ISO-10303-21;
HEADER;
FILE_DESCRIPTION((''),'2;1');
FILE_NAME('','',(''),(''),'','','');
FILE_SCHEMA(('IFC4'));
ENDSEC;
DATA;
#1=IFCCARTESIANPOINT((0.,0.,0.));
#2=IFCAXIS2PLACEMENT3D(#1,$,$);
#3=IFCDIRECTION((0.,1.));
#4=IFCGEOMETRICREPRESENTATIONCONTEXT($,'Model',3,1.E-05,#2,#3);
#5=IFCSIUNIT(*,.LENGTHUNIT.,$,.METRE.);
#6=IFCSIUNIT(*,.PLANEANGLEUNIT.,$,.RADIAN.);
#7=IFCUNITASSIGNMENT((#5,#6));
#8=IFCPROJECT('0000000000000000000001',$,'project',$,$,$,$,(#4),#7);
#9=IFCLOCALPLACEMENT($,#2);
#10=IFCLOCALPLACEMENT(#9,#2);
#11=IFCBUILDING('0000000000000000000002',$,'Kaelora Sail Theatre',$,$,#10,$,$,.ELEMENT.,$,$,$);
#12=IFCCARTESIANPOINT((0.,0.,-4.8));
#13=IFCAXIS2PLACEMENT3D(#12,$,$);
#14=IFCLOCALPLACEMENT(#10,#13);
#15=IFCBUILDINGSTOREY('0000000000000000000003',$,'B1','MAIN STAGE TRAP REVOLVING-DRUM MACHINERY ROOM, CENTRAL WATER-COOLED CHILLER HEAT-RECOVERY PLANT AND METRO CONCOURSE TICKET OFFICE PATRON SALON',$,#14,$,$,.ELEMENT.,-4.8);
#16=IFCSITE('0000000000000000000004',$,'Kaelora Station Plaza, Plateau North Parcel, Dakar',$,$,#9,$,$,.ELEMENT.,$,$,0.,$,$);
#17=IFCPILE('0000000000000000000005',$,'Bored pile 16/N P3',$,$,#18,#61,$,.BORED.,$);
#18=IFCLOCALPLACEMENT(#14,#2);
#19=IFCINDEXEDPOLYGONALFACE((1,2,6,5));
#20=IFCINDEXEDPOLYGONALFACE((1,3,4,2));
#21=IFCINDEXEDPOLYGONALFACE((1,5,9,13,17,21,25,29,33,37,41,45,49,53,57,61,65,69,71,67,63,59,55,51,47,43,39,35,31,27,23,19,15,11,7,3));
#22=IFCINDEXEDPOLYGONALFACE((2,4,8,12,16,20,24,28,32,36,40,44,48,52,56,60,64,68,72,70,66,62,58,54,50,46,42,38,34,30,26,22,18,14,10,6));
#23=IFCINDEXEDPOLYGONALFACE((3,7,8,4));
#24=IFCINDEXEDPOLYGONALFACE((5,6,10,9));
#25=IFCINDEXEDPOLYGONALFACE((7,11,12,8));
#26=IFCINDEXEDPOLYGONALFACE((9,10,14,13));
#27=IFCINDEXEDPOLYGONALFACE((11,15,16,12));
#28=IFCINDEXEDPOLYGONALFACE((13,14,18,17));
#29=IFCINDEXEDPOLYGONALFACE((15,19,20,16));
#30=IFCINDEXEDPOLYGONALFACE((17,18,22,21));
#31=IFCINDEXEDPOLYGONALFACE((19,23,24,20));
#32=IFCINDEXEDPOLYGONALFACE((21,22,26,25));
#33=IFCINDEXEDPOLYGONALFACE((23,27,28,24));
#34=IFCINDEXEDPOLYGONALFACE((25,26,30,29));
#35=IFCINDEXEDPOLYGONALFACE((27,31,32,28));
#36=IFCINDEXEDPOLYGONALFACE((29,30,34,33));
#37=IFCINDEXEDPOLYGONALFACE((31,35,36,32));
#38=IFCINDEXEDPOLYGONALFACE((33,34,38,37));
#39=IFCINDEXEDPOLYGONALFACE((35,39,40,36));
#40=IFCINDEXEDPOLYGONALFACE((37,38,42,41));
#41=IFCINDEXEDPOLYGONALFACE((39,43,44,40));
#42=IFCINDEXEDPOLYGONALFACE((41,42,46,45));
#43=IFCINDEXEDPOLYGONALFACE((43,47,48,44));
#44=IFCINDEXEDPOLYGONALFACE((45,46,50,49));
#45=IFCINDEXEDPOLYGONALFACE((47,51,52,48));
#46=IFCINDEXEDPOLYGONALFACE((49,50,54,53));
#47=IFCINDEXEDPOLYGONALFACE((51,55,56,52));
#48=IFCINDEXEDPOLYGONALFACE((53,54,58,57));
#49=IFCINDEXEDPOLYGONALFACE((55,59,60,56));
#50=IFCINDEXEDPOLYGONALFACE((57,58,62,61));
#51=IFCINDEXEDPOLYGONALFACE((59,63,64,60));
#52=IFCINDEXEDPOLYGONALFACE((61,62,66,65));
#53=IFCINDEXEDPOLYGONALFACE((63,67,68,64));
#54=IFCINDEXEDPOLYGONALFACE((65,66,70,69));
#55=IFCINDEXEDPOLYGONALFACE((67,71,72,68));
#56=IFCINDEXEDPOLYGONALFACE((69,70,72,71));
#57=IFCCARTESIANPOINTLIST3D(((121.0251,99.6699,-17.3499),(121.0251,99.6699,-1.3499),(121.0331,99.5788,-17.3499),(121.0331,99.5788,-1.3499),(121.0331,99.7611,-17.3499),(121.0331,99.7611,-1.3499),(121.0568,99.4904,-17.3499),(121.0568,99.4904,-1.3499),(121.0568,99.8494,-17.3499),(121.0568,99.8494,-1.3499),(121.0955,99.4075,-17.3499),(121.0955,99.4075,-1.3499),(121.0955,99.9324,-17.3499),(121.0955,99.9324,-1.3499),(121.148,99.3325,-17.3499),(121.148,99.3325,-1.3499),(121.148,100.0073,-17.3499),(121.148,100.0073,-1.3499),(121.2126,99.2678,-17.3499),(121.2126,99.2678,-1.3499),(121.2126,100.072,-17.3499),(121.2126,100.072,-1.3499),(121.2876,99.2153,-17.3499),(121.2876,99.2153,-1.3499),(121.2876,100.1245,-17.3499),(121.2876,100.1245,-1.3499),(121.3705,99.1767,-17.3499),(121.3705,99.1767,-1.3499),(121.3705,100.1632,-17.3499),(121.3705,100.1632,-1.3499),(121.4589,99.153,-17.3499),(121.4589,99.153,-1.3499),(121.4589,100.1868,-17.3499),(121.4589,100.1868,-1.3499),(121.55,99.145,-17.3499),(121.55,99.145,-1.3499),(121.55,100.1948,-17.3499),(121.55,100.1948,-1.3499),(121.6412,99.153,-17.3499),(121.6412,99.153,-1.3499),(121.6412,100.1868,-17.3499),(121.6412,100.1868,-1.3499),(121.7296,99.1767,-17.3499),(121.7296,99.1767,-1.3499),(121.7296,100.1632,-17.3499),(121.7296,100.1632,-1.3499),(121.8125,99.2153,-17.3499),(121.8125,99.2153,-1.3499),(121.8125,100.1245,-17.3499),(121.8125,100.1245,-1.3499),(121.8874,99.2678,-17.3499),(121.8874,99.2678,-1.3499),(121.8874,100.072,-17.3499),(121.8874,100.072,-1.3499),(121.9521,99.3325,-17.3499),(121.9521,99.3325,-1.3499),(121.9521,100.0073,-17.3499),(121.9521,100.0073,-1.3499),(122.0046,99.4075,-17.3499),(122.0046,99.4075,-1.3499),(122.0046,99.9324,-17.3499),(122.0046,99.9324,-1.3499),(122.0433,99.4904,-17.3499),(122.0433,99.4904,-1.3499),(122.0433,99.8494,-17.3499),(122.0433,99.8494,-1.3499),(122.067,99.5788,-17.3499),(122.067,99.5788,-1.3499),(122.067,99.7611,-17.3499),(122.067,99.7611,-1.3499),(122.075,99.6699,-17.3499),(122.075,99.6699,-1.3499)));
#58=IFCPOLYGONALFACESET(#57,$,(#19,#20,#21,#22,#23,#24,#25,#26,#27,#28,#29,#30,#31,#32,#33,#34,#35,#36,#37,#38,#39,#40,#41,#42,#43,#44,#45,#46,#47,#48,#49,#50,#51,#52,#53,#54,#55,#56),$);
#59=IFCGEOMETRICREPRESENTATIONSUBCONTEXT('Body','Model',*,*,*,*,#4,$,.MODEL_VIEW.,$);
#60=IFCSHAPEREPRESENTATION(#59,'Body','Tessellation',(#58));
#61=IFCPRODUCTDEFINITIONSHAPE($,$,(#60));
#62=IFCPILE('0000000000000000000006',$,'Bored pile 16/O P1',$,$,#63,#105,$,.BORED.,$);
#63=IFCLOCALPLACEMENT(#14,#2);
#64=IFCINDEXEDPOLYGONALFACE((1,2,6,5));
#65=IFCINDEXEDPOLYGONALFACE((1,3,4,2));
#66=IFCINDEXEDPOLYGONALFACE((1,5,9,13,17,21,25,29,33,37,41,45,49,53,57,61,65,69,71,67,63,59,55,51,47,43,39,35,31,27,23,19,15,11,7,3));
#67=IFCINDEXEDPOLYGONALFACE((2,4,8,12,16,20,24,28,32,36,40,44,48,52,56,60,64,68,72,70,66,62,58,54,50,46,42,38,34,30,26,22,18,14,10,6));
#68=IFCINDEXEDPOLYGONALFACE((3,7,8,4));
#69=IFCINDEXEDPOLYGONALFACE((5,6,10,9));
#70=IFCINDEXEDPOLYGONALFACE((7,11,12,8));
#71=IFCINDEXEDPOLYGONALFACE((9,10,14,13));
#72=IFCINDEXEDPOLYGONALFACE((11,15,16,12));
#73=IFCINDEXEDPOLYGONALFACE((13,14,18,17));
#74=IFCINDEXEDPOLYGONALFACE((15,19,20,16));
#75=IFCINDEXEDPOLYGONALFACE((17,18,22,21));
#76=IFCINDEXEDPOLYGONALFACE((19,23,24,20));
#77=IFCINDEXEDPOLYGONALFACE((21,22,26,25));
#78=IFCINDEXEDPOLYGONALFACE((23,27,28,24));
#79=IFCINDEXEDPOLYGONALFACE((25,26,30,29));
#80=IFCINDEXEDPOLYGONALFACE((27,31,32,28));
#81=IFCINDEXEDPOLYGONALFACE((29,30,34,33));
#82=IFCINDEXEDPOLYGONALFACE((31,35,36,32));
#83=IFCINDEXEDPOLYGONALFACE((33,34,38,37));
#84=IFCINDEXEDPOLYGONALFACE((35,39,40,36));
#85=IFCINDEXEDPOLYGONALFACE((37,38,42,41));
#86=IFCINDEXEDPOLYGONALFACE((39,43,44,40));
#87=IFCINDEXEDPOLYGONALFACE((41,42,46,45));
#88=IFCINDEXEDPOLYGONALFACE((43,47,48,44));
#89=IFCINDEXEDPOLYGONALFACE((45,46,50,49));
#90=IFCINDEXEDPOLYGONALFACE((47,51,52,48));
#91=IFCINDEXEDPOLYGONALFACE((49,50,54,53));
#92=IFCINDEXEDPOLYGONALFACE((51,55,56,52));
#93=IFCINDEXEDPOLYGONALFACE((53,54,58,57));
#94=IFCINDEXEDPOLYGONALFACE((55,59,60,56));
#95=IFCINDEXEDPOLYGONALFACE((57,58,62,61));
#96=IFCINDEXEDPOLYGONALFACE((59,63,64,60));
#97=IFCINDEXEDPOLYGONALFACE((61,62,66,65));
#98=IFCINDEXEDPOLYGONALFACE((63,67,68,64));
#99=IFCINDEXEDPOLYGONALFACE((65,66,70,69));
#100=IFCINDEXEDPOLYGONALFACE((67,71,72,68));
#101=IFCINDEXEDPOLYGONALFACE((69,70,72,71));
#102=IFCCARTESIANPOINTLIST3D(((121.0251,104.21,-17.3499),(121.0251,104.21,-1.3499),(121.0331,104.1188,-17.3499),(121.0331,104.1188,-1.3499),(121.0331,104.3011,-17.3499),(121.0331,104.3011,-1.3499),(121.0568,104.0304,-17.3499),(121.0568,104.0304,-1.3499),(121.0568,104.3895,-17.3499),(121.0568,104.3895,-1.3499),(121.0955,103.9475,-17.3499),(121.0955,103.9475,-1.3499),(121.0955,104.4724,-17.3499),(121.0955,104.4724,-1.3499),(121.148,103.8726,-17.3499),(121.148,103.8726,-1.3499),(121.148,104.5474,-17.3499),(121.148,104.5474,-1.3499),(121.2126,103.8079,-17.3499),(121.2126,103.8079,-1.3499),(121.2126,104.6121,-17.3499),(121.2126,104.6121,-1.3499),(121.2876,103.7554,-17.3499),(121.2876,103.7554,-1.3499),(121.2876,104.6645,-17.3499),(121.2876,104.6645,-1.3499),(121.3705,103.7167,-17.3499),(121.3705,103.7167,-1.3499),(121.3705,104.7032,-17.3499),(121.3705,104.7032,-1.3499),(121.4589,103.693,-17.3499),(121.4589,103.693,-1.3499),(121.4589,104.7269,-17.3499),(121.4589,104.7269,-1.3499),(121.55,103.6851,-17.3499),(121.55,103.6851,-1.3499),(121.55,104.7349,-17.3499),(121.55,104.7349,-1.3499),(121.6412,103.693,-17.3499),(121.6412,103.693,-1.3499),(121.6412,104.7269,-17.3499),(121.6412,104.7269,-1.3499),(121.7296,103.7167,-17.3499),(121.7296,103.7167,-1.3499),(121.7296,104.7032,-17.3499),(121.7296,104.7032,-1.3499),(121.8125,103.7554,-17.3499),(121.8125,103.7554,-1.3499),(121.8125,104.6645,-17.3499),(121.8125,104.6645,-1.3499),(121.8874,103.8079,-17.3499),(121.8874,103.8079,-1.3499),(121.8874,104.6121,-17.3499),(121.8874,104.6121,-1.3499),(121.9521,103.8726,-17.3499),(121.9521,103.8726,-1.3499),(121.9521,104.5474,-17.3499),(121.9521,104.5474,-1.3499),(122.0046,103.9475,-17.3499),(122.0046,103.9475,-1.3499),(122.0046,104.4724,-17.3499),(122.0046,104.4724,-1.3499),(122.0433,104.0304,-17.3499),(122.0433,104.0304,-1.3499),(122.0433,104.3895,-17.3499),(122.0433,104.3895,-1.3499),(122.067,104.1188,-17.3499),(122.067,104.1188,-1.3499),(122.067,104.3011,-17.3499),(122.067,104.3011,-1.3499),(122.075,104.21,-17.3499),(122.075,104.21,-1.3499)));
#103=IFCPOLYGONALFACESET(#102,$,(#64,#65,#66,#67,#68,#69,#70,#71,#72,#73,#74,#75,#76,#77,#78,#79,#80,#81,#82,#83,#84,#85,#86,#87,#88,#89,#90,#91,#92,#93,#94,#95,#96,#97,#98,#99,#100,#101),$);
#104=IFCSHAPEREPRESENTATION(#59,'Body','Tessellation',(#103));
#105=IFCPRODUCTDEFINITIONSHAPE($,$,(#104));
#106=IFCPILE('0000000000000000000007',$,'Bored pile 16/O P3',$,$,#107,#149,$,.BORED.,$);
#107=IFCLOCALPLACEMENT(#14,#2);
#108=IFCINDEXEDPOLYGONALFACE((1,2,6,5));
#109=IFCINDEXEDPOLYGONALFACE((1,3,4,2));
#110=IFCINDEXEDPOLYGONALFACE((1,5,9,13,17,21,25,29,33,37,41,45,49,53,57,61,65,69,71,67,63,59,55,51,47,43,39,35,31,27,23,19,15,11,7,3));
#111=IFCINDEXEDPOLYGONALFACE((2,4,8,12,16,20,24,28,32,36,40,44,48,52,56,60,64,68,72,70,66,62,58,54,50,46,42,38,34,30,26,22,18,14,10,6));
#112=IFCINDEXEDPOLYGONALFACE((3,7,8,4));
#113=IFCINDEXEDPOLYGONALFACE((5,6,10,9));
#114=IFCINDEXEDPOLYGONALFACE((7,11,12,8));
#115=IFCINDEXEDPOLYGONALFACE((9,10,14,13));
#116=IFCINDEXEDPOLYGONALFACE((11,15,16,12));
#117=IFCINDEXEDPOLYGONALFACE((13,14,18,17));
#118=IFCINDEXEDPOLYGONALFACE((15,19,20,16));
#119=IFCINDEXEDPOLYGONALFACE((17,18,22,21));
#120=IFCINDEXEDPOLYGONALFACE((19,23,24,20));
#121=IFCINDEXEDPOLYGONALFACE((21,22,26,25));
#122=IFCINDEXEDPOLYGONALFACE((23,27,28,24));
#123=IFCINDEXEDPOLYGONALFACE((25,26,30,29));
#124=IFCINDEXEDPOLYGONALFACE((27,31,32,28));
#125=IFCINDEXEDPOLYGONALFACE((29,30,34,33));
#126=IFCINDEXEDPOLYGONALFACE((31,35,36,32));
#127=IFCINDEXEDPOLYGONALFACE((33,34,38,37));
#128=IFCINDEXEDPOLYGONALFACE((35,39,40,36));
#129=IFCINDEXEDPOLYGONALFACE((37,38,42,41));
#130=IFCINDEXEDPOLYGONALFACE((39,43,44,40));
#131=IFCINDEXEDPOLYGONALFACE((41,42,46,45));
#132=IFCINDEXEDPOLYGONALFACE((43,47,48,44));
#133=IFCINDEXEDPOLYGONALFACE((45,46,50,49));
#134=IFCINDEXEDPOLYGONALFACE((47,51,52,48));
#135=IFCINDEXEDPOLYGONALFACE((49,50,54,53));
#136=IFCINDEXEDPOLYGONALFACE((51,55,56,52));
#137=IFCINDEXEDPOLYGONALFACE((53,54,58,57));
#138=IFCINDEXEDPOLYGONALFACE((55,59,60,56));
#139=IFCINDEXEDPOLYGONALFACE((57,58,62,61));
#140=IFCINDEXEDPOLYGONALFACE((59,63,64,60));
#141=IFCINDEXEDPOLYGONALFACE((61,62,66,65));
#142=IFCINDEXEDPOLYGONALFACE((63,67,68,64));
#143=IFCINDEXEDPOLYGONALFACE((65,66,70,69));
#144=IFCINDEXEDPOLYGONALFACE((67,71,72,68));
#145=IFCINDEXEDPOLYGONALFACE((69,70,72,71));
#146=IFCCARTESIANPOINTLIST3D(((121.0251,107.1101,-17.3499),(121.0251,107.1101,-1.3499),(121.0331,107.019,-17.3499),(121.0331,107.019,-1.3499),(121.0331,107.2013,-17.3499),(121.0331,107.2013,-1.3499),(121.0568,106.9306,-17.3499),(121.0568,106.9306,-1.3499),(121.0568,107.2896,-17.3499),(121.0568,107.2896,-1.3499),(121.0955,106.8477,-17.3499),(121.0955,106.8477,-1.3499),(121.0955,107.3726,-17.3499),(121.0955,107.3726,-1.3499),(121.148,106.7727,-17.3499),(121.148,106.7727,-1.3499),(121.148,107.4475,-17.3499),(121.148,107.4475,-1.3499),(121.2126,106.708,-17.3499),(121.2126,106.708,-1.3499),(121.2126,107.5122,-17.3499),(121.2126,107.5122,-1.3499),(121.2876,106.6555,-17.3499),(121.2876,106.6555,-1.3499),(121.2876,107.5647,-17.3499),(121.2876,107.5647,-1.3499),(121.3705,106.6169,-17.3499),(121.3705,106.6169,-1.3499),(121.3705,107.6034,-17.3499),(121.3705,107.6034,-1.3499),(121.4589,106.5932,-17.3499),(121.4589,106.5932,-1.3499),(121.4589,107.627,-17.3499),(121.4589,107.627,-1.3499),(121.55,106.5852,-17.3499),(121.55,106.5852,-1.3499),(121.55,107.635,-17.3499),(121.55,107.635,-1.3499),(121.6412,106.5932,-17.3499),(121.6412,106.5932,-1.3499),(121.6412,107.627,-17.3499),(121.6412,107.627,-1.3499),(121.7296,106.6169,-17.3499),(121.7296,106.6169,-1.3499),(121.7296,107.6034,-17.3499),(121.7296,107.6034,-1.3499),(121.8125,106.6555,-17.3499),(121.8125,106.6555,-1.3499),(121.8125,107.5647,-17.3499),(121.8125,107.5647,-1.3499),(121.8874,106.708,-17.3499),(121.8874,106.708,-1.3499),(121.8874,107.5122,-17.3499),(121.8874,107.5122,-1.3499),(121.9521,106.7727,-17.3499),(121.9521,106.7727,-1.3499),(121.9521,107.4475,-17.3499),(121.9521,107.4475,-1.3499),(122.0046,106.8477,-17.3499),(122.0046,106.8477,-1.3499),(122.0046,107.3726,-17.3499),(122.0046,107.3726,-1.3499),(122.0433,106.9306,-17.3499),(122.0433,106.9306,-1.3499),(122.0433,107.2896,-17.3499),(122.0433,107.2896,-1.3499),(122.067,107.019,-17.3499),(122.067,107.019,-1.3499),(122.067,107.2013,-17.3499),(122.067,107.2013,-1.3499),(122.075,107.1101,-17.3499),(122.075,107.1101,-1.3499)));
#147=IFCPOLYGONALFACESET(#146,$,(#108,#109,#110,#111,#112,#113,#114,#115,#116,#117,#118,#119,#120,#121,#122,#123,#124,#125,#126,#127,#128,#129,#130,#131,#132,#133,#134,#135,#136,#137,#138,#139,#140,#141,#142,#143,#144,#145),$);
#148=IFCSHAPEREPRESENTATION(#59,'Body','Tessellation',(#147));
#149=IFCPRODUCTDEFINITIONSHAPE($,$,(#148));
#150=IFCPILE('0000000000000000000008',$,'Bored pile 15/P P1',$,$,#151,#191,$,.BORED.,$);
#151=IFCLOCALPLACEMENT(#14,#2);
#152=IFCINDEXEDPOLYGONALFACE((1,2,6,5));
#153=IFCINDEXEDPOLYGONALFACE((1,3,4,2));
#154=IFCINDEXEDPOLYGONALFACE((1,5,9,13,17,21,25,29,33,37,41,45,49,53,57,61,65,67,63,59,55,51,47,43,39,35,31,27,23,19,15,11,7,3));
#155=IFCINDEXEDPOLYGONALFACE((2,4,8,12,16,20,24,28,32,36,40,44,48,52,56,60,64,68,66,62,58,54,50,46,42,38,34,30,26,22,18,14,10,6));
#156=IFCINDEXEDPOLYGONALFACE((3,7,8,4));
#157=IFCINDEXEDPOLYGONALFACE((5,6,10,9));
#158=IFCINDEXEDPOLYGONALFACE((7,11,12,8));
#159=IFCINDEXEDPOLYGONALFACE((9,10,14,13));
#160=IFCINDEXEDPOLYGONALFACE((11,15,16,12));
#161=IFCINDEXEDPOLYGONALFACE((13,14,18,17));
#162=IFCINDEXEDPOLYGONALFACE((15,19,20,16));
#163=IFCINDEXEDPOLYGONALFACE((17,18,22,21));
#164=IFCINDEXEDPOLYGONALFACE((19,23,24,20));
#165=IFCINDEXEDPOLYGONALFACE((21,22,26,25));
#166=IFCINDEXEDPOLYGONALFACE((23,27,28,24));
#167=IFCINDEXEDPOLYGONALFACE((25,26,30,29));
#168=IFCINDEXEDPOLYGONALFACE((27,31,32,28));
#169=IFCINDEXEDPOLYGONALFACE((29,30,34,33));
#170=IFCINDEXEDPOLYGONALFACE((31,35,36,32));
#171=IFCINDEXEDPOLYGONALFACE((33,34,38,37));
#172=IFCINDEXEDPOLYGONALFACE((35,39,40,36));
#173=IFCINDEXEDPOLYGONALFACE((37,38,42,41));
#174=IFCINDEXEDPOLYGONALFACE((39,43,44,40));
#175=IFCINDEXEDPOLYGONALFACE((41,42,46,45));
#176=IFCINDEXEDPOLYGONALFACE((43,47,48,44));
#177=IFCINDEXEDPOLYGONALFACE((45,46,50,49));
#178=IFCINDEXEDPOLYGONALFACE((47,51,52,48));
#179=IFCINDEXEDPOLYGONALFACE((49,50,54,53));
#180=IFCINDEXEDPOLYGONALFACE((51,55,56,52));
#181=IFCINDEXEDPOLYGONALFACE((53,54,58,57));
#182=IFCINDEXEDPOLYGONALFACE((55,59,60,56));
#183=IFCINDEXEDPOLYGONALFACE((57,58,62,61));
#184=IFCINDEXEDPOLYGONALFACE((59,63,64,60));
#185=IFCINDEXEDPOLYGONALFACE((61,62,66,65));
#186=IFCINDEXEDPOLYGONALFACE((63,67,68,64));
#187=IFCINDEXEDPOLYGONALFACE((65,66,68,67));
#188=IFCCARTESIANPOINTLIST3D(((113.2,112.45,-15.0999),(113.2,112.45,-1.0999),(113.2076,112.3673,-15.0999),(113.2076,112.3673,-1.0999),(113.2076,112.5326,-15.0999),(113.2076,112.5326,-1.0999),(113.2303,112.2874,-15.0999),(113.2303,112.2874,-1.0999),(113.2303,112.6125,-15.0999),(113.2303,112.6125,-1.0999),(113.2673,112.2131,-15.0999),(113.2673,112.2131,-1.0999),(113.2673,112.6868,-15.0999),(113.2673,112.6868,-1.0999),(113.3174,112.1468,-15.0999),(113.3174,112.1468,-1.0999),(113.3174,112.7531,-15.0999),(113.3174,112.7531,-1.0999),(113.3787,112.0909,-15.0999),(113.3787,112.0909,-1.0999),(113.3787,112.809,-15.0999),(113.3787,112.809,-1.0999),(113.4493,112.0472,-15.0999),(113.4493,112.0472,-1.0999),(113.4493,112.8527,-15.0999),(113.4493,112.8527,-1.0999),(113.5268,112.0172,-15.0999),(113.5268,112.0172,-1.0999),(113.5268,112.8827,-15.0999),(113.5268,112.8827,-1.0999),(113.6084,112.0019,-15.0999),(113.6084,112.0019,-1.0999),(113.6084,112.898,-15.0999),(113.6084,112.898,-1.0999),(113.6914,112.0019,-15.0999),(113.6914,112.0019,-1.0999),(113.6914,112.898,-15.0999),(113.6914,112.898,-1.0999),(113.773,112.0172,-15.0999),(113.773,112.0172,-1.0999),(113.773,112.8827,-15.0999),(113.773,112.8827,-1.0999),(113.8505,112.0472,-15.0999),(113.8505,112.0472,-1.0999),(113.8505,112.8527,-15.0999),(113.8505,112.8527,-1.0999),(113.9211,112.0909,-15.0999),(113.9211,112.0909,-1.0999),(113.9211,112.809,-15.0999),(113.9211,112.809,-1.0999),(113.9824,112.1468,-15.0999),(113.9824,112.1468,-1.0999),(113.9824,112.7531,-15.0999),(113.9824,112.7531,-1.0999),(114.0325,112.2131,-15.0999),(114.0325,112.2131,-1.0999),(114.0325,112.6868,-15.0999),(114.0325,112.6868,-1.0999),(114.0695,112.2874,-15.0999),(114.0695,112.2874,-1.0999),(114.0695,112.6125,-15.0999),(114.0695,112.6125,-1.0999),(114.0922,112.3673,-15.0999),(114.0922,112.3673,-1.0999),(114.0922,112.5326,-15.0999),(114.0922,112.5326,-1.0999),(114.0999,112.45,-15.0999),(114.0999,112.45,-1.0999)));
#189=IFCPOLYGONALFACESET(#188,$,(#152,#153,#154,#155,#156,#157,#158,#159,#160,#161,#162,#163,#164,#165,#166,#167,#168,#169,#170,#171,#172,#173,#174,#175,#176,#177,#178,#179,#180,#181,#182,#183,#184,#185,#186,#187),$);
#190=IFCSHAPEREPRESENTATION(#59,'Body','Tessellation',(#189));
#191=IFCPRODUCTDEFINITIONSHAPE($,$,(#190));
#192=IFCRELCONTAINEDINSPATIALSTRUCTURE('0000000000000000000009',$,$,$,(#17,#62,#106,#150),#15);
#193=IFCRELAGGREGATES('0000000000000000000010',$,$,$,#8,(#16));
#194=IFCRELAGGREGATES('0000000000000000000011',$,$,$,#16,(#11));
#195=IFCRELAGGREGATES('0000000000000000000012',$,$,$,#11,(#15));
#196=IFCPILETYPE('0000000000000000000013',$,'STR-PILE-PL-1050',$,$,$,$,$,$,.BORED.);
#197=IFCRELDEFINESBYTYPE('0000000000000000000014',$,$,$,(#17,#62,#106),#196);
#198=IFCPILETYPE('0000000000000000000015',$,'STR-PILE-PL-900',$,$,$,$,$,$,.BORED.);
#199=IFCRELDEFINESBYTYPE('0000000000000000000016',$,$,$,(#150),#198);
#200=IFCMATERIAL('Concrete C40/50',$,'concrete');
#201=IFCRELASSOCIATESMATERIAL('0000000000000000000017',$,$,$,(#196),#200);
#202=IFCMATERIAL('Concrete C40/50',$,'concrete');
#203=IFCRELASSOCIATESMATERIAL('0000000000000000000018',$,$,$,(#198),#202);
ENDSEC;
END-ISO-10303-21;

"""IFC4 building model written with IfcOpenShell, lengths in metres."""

from ifc_helpers import new_model, si_unit, direction, frame, origin, origin_2d, place, context, subcontext, project, spatial, circle, extrude, material, material_profile, profile_set, type_object, element, save


model = new_model("IFC4")

# Units and contexts
model_context = context("Model", 3, precision=1e-05, world=origin(), true_north=direction((0.0, 1.0)))
body_context = subcontext(model_context, "Body", "Model", "MODEL_VIEW")
ifc_project = project(units=[si_unit("LENGTHUNIT", "METRE"), si_unit("PLANEANGLEUNIT", "RADIAN")], contexts=[model_context])

# Site, building, storey
site_placement = place(None, origin())
site = spatial("IfcSite", under=ifc_project, at=site_placement, Name="Kaelora Station Plaza, Plateau North Parcel, Dakar", CompositionType="ELEMENT", RefElevation=0.0)
building_placement = place(site_placement, origin())
building = spatial("IfcBuilding", under=site, at=building_placement, Name="Kaelora Sail Theatre", CompositionType="ELEMENT")
storey_placement = place(building_placement, frame((0.0, 0.0, -4.8)))
storey = spatial("IfcBuildingStorey", under=building, at=storey_placement, Name="B1", Description="MAIN STAGE TRAP REVOLVING-DRUM MACHINERY ROOM, CENTRAL WATER-COOLED CHILLER HEAT-RECOVERY PLANT AND METRO CONCOURSE TICKET OFFICE PATRON SALON", CompositionType="ELEMENT", Elevation=-4.8)

# Piles
ifc_material_1 = material(Name="Concrete C40/50", Category="concrete")
ifc_material_profile_1 = material_profile(ifc_material_1, circle(Radius=0.5249, at=origin_2d()), Name="PILE D1050")
ifc_profile_set_1 = profile_set([ifc_material_profile_1], Name="Concrete C40/50")
pile_type_1 = type_object("IfcPileType", Name="STR-PILE-PL-1050", PredefinedType="BORED", material=ifc_profile_set_1)
for number, where, z_axis, x_axis, name in (
    (1, (121.55, 99.6699, -1.3499), (0.0, 0.0, -1.0), (1.0, 0.0, 0.0), "Bored pile 16/N P3"),
    (2, (121.55, 104.21, -1.3499), (0.0, 0.0, -1.0), (1.0, 0.0, 0.0), "Bored pile 16/O P1"),
    (3, (121.55, 107.1101, -1.3499), (0.0, 0.0, -1.0), (1.0, 0.0, 0.0), "Bored pile 16/O P3"),
):
    element("IfcPile", number, at=place(storey_placement, frame(where, z_axis=z_axis, x_axis=x_axis)), inside=storey, type_object=pile_type_1, Name=name, PredefinedType="BORED", context=body_context, shape_type="SweptSolid", body=[
        extrude(circle(Radius=0.5249, at=origin_2d()), origin(), (0.0, 0.0, 1.0), 16.0),
    ])
ifc_material_2 = material(Name="Concrete C40/50", Category="concrete")
ifc_material_profile_2 = material_profile(ifc_material_2, circle(Radius=0.45, at=origin_2d()), Name="PILE D900")
ifc_profile_set_2 = profile_set([ifc_material_profile_2], Name="Concrete C40/50")
pile_type_2 = type_object("IfcPileType", Name="STR-PILE-PL-900", PredefinedType="BORED", material=ifc_profile_set_2)
for number, where, z_axis, x_axis, name in (
    (4, (113.6499, 112.45, -1.0999), (0.0, 0.0, -1.0), (1.0, 0.0, 0.0), "Bored pile 15/P P1"),
):
    element("IfcPile", number, at=place(storey_placement, frame(where, z_axis=z_axis, x_axis=x_axis)), inside=storey, type_object=pile_type_2, Name=name, PredefinedType="BORED", context=body_context, shape_type="SweptSolid", body=[
        extrude(circle(Radius=0.45, at=origin_2d()), origin(), (0.0, 0.0, 1.0), 14.0),
    ])

save(model, "model.ifc")
